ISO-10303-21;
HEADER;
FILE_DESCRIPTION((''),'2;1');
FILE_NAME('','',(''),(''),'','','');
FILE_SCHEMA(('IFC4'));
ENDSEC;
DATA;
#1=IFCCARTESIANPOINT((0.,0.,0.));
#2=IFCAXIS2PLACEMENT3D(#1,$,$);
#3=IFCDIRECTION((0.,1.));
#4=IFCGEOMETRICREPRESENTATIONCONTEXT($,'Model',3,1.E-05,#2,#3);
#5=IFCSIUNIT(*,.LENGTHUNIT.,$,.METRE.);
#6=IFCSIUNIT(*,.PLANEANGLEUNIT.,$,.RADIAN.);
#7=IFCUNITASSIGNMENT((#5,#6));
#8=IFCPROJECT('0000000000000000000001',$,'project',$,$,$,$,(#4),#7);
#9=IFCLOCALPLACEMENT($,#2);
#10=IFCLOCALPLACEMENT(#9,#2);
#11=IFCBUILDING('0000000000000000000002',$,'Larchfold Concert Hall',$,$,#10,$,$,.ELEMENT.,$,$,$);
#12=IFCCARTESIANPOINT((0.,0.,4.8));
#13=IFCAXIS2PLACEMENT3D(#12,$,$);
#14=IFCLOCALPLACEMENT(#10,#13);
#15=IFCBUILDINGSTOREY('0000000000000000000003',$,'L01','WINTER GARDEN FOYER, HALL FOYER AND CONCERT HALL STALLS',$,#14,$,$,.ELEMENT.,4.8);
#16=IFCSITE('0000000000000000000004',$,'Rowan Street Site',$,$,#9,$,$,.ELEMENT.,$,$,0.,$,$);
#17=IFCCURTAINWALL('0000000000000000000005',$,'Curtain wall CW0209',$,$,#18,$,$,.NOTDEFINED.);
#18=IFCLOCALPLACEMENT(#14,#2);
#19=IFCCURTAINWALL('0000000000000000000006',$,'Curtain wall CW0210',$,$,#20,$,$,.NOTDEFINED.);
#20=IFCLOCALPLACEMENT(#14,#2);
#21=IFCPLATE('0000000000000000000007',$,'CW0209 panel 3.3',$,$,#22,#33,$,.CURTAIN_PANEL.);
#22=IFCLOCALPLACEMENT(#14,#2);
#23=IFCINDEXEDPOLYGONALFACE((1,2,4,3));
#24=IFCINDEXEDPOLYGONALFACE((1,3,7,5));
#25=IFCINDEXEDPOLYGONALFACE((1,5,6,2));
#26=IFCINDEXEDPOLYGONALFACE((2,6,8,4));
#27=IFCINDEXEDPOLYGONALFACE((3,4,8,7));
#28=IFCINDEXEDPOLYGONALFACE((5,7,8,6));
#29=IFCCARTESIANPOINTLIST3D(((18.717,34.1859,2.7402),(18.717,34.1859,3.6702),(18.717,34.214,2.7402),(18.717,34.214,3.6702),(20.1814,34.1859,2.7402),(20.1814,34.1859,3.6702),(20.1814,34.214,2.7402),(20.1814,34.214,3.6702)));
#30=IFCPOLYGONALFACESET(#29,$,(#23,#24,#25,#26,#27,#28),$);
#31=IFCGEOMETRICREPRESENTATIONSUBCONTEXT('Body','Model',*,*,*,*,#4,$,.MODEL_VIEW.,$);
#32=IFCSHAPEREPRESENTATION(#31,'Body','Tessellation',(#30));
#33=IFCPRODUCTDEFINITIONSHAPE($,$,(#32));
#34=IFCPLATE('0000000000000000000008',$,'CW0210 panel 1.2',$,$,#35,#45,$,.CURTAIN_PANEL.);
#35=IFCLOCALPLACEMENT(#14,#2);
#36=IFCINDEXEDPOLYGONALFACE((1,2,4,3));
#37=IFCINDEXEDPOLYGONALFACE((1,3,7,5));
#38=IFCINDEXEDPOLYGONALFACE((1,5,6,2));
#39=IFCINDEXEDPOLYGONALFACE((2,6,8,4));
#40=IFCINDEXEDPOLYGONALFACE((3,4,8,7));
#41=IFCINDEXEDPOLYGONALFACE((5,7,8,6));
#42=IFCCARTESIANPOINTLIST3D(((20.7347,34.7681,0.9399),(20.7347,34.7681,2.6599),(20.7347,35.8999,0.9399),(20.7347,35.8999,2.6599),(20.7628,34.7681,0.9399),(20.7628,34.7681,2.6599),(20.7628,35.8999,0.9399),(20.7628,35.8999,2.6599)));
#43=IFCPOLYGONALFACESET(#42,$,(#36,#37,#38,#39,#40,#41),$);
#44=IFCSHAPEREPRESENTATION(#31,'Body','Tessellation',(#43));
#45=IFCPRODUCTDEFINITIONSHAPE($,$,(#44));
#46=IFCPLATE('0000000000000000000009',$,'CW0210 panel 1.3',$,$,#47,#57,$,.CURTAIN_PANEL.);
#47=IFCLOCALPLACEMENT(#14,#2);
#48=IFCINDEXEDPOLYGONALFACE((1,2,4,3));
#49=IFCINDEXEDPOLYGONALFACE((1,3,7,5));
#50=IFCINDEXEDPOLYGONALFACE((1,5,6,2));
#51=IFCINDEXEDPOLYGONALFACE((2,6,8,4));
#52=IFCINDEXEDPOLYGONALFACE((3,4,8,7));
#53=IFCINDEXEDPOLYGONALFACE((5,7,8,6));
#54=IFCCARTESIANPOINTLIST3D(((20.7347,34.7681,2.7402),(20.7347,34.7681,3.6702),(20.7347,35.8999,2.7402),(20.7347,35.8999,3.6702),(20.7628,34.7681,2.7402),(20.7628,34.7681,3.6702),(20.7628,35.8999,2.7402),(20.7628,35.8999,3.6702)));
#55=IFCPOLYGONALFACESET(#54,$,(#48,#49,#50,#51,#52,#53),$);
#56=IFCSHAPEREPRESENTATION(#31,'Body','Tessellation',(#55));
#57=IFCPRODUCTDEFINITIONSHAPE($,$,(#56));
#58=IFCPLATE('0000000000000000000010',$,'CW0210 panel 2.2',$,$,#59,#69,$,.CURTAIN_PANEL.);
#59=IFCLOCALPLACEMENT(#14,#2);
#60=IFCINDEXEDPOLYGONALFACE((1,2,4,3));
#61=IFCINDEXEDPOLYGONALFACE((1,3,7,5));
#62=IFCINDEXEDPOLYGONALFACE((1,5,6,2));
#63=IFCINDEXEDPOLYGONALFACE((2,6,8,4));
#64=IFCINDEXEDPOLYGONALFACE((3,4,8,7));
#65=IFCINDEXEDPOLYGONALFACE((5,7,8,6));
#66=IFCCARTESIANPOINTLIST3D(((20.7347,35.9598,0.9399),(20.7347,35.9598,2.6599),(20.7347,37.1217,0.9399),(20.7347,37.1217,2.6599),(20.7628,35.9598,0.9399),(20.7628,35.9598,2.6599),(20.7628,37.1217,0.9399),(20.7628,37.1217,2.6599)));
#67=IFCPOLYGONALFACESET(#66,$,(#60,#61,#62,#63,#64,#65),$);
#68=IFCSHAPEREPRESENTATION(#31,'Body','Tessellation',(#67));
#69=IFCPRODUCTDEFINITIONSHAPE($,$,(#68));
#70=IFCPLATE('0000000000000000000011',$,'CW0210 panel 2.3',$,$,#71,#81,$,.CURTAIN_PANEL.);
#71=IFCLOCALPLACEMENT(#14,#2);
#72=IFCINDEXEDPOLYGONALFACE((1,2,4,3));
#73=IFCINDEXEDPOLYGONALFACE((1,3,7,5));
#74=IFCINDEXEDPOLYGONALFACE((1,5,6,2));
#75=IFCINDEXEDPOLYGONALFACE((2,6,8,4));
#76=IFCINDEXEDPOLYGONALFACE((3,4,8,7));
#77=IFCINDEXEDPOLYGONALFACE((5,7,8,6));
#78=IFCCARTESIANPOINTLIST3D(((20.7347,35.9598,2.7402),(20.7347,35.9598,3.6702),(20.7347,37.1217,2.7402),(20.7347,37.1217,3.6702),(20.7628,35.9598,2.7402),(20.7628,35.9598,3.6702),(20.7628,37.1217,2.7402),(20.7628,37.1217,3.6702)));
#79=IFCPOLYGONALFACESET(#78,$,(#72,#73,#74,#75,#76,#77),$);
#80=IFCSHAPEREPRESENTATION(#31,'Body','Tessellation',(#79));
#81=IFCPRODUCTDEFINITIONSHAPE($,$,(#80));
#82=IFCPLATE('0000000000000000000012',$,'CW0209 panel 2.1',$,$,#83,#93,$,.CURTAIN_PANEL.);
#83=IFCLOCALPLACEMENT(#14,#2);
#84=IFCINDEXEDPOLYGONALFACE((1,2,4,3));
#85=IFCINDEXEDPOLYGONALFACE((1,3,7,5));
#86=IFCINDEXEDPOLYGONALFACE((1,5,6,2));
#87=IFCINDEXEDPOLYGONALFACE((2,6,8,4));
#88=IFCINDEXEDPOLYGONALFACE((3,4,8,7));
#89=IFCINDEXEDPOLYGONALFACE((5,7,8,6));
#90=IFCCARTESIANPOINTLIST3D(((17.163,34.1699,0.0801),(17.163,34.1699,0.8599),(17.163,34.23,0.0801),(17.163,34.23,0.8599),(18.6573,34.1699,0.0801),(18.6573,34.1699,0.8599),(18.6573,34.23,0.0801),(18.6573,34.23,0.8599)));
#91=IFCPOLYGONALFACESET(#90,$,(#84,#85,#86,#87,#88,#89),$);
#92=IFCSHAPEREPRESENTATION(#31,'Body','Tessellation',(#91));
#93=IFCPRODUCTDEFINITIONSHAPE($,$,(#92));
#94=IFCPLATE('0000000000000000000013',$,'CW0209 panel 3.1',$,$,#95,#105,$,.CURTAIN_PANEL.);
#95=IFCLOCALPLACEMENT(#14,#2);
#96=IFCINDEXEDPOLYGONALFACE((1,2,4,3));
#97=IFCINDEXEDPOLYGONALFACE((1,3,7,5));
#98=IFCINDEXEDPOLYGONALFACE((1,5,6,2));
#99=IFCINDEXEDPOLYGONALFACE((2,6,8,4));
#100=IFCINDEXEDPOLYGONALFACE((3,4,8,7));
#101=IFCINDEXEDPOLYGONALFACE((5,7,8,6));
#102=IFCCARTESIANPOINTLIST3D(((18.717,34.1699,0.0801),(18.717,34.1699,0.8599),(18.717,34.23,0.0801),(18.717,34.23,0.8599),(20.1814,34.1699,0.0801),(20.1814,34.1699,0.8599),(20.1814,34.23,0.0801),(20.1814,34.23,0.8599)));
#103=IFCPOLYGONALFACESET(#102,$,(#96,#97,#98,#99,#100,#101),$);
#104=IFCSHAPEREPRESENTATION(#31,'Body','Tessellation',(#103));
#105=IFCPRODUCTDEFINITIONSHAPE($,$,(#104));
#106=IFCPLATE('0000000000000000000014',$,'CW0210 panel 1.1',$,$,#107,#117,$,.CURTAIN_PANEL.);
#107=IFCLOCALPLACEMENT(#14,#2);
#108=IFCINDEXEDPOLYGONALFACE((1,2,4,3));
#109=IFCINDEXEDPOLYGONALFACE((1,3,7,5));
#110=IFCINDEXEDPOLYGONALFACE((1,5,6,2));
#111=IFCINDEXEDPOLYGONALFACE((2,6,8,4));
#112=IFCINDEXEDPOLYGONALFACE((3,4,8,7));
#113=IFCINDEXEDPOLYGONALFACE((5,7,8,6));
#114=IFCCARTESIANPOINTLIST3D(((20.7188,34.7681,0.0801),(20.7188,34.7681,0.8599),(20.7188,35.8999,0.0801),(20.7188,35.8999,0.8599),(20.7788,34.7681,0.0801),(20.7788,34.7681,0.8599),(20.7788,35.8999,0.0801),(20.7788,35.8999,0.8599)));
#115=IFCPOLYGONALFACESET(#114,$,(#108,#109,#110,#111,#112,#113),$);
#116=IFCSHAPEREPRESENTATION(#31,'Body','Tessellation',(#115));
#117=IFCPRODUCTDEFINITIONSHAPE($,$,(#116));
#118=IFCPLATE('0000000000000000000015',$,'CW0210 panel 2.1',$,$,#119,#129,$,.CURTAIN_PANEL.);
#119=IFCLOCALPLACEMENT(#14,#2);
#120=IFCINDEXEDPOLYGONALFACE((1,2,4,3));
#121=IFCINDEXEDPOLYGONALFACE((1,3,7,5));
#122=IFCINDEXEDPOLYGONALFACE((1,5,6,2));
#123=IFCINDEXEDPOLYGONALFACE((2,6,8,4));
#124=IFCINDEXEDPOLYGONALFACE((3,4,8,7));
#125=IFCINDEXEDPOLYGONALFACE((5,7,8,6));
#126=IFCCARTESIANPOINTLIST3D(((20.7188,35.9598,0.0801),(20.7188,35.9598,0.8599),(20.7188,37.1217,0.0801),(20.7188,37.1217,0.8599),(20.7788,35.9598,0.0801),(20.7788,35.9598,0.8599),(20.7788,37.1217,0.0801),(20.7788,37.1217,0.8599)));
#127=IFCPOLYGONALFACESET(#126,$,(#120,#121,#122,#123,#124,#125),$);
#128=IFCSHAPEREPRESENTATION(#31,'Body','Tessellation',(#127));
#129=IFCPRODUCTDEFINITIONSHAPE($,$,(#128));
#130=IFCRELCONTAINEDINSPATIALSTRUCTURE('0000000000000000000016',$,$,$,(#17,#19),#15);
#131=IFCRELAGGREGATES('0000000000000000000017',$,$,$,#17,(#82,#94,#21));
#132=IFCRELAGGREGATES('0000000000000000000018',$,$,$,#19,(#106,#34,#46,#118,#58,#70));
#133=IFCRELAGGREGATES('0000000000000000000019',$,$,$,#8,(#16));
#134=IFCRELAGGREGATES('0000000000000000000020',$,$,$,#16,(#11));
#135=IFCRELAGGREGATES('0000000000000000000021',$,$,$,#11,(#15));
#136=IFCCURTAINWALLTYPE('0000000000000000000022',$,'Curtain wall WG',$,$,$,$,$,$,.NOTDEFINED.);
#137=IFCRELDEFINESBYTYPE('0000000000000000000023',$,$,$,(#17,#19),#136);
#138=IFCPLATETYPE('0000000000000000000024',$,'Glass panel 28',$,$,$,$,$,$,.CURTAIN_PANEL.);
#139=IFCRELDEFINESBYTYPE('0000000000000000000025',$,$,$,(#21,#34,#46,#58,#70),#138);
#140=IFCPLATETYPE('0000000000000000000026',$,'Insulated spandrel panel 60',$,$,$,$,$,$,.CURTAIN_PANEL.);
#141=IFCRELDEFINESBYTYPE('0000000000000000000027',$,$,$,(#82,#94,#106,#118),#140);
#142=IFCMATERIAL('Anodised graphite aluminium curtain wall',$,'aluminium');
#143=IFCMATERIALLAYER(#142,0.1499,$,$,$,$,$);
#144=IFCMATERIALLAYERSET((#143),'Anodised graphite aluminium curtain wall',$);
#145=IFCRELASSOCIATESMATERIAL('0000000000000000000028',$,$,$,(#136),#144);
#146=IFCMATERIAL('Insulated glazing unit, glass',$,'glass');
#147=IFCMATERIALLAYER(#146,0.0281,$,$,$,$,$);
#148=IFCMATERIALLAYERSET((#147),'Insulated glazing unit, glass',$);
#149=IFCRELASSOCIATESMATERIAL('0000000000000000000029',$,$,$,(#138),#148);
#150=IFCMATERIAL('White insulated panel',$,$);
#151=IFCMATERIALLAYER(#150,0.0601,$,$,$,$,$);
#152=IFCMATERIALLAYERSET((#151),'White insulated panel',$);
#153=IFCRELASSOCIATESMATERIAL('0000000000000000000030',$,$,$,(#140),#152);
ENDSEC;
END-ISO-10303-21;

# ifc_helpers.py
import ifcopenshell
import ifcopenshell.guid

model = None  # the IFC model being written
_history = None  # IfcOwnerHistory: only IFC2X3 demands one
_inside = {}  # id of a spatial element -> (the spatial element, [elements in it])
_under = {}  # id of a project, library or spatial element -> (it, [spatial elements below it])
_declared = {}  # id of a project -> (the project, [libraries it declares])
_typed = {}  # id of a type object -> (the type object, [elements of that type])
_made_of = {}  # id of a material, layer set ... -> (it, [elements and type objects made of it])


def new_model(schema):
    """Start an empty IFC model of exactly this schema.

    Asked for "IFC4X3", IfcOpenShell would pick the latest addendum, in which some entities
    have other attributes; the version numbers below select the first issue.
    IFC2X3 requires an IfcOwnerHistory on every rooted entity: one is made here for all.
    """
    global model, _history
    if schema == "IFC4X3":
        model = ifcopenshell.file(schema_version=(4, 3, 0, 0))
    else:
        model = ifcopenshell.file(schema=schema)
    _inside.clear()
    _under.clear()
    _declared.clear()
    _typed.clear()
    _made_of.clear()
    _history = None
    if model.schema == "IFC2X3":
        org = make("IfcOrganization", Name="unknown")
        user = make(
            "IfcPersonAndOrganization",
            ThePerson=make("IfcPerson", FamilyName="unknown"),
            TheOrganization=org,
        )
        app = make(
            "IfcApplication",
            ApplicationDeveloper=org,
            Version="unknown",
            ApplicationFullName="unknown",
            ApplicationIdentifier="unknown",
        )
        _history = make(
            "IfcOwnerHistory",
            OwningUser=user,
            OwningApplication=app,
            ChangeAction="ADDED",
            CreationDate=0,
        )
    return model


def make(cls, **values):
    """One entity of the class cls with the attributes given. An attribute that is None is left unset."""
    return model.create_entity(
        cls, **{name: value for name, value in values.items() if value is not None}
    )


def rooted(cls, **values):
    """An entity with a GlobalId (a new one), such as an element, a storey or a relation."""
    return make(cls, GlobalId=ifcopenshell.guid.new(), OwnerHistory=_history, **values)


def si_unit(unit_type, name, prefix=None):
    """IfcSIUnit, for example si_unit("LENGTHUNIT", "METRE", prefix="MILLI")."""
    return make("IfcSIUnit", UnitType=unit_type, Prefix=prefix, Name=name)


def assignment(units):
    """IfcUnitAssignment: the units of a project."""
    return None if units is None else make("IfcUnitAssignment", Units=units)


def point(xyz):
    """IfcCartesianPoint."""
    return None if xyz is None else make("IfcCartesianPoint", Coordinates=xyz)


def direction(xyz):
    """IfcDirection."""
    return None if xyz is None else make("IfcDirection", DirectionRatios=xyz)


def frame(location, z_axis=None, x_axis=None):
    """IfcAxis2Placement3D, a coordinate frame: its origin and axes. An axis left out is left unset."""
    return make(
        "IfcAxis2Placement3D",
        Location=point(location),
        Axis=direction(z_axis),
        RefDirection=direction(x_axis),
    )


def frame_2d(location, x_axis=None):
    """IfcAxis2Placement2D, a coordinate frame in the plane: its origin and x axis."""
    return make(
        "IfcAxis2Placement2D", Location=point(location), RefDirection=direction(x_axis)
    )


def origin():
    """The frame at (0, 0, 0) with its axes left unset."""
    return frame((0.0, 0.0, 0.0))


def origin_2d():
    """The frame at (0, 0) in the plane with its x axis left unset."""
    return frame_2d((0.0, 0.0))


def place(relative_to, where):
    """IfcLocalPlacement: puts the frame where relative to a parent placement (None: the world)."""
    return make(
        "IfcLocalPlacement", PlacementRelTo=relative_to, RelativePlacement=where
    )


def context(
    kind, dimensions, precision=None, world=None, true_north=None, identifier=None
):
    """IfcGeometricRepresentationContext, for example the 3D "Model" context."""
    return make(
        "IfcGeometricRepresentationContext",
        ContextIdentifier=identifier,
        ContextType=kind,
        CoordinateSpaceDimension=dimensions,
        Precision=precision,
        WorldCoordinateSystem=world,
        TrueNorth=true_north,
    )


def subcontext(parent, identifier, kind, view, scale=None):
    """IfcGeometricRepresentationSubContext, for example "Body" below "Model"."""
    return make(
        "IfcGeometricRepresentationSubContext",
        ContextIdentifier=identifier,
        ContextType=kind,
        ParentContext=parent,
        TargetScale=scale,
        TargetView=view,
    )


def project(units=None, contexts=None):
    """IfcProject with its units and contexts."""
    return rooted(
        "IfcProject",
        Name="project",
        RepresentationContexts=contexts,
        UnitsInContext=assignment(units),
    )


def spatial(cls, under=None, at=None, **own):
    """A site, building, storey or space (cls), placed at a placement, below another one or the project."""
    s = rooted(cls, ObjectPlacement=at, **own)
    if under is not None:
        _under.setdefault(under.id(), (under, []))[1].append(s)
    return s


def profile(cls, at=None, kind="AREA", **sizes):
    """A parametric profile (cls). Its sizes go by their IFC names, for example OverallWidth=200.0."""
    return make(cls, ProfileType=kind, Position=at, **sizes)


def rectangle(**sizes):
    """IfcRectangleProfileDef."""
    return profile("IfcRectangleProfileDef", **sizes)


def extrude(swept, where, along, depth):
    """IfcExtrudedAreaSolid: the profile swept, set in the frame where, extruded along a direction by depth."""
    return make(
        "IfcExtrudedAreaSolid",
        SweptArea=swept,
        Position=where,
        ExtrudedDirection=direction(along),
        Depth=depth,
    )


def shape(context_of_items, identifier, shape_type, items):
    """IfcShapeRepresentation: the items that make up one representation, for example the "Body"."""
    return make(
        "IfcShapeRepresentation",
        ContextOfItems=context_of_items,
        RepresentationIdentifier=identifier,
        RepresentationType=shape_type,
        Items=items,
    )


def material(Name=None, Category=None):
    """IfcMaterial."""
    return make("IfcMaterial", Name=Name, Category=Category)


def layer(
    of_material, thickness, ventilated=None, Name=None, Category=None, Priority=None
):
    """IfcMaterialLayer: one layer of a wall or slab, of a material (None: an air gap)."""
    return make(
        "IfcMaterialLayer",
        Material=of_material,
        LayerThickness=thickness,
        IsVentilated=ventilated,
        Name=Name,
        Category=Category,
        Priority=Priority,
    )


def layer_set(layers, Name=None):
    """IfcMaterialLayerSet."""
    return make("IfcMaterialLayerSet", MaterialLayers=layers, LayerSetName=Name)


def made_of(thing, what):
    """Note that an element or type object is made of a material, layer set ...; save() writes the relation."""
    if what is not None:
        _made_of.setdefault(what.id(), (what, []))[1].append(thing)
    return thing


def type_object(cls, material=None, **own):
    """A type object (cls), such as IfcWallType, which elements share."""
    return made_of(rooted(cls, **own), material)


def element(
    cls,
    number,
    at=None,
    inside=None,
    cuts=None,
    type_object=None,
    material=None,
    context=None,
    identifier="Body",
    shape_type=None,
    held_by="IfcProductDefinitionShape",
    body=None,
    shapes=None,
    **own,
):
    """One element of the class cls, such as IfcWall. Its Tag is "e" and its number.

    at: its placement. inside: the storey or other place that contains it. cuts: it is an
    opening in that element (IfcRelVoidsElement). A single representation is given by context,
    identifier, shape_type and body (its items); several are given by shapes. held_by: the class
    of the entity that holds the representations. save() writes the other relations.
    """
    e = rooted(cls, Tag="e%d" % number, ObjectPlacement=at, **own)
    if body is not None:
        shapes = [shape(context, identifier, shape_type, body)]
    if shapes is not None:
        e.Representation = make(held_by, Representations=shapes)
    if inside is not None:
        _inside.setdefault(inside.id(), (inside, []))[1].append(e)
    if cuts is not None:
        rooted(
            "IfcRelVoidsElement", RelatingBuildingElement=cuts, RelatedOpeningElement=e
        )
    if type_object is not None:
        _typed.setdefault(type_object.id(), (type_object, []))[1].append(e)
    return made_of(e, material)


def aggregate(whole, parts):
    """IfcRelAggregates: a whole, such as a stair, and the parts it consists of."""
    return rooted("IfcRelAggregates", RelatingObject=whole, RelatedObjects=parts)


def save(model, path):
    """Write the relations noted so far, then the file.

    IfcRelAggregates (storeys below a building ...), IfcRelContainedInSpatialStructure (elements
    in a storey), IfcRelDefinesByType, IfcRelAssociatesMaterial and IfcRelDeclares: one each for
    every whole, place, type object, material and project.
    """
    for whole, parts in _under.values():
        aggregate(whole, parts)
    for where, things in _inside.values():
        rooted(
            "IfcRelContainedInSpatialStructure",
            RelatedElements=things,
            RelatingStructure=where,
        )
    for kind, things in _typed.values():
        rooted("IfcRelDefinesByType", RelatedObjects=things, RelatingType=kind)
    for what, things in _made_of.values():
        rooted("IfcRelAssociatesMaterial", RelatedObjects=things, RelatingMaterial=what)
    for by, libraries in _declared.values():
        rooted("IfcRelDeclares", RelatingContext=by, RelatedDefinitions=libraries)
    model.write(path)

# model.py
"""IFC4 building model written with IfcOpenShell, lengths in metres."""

from ifc_helpers import new_model, si_unit, direction, frame, origin, origin_2d, place, context, subcontext, project, spatial, rectangle, extrude, material, layer, layer_set, type_object, element, aggregate, save


model = new_model("IFC4")

# Units and contexts
model_context = context("Model", 3, precision=1e-05, world=origin(), true_north=direction((0.0, 1.0)))
body_context = subcontext(model_context, "Body", "Model", "MODEL_VIEW")
ifc_project = project(units=[si_unit("LENGTHUNIT", "METRE"), si_unit("PLANEANGLEUNIT", "RADIAN")], contexts=[model_context])

# Site, building, storey
site_placement = place(None, origin())
site = spatial("IfcSite", under=ifc_project, at=site_placement, Name="Rowan Street Site", CompositionType="ELEMENT", RefElevation=0.0)
building_placement = place(site_placement, origin())
building = spatial("IfcBuilding", under=site, at=building_placement, Name="Larchfold Concert Hall", CompositionType="ELEMENT")
storey_placement = place(building_placement, frame((0.0, 0.0, 4.8)))
storey = spatial("IfcBuildingStorey", under=building, at=storey_placement, Name="L01", Description="WINTER GARDEN FOYER, HALL FOYER AND CONCERT HALL STALLS", CompositionType="ELEMENT", Elevation=4.8)

# Curtain walls
ifc_material_1 = material(Name="Anodised graphite aluminium curtain wall", Category="aluminium")
ifc_layer_1 = layer(ifc_material_1, 0.1499)
ifc_layer_set_1 = layer_set([ifc_layer_1], Name="Anodised graphite aluminium curtain wall")
curtain_wall_type = type_object("IfcCurtainWallType", Name="Curtain wall WG", PredefinedType="NOTDEFINED", material=ifc_layer_set_1)
curtain_wall_1_placement = place(storey_placement, origin())
curtain_wall_1 = element("IfcCurtainWall", 1, at=curtain_wall_1_placement, inside=storey, type_object=curtain_wall_type, Name="Curtain wall CW0209", PredefinedType="NOTDEFINED")
curtain_wall_2_placement = place(storey_placement, origin())
curtain_wall_2 = element("IfcCurtainWall", 2, at=curtain_wall_2_placement, inside=storey, type_object=curtain_wall_type, Name="Curtain wall CW0210", PredefinedType="NOTDEFINED")

# Plates
ifc_material_2 = material(Name="Insulated glazing unit, glass", Category="glass")
ifc_layer_2 = layer(ifc_material_2, 0.0281)
ifc_layer_set_2 = layer_set([ifc_layer_2], Name="Insulated glazing unit, glass")
plate_type_1 = type_object("IfcPlateType", Name="Glass panel 28", PredefinedType="CURTAIN_PANEL", material=ifc_layer_set_2)
plate_1_placement = place(storey_placement, frame((19.4492, 34.2, 2.7402), z_axis=(0.0, 0.0, 1.0), x_axis=(1.0, 0.0, 0.0)))
plate_1 = element("IfcPlate", 3, at=plate_1_placement, type_object=plate_type_1, Name="CW0209 panel 3.3", PredefinedType="CURTAIN_PANEL", context=body_context, shape_type="SweptSolid", body=[
    extrude(rectangle(XDim=1.4644, YDim=0.0281, at=origin_2d()), origin(), (0.0, 0.0, 1.0), 0.9299),
])
plate_2_placement = place(storey_placement, frame((20.7488, 35.334, 0.9399), z_axis=(0.0, 0.0, 1.0), x_axis=(0.0, 1.0, 0.0)))
plate_2 = element("IfcPlate", 4, at=plate_2_placement, type_object=plate_type_1, Name="CW0210 panel 1.2", PredefinedType="CURTAIN_PANEL", context=body_context, shape_type="SweptSolid", body=[
    extrude(rectangle(XDim=1.1318, YDim=0.0281, at=origin_2d()), origin(), (0.0, 0.0, 1.0), 1.72),
])
plate_3_placement = place(storey_placement, frame((20.7488, 35.334, 2.7402), z_axis=(0.0, 0.0, 1.0), x_axis=(0.0, 1.0, 0.0)))
plate_3 = element("IfcPlate", 5, at=plate_3_placement, type_object=plate_type_1, Name="CW0210 panel 1.3", PredefinedType="CURTAIN_PANEL", context=body_context, shape_type="SweptSolid", body=[
    extrude(rectangle(XDim=1.1318, YDim=0.0281, at=origin_2d()), origin(), (0.0, 0.0, 1.0), 0.9299),
])
plate_4_placement = place(storey_placement, frame((20.7488, 36.5408, 0.9399), z_axis=(0.0, 0.0, 1.0), x_axis=(0.0, 1.0, 0.0)))
plate_4 = element("IfcPlate", 6, at=plate_4_placement, type_object=plate_type_1, Name="CW0210 panel 2.2", PredefinedType="CURTAIN_PANEL", context=body_context, shape_type="SweptSolid", body=[
    extrude(rectangle(XDim=1.1619, YDim=0.0281, at=origin_2d()), origin(), (0.0, 0.0, 1.0), 1.72),
])
plate_5_placement = place(storey_placement, frame((20.7488, 36.5408, 2.7402), z_axis=(0.0, 0.0, 1.0), x_axis=(0.0, 1.0, 0.0)))
plate_5 = element("IfcPlate", 7, at=plate_5_placement, type_object=plate_type_1, Name="CW0210 panel 2.3", PredefinedType="CURTAIN_PANEL", context=body_context, shape_type="SweptSolid", body=[
    extrude(rectangle(XDim=1.1619, YDim=0.0281, at=origin_2d()), origin(), (0.0, 0.0, 1.0), 0.9299),
])
ifc_material_3 = material(Name="White insulated panel")
ifc_layer_3 = layer(ifc_material_3, 0.0601)
ifc_layer_set_3 = layer_set([ifc_layer_3], Name="White insulated panel")
plate_type_2 = type_object("IfcPlateType", Name="Insulated spandrel panel 60", PredefinedType="CURTAIN_PANEL", material=ifc_layer_set_3)
plate_6_placement = place(storey_placement, frame((17.9102, 34.2, 0.0801), z_axis=(0.0, 0.0, 1.0), x_axis=(1.0, 0.0, 0.0)))
plate_6 = element("IfcPlate", 8, at=plate_6_placement, type_object=plate_type_2, Name="CW0209 panel 2.1", PredefinedType="CURTAIN_PANEL", context=body_context, shape_type="SweptSolid", body=[
    extrude(rectangle(XDim=1.4944, YDim=0.0601, at=origin_2d()), origin(), (0.0, 0.0, 1.0), 0.7798),
])
plate_7_placement = place(storey_placement, frame((19.4492, 34.2, 0.0801), z_axis=(0.0, 0.0, 1.0), x_axis=(1.0, 0.0, 0.0)))
plate_7 = element("IfcPlate", 9, at=plate_7_placement, type_object=plate_type_2, Name="CW0209 panel 3.1", PredefinedType="CURTAIN_PANEL", context=body_context, shape_type="SweptSolid", body=[
    extrude(rectangle(XDim=1.4644, YDim=0.0601, at=origin_2d()), origin(), (0.0, 0.0, 1.0), 0.7798),
])
aggregate(curtain_wall_1, [plate_6, plate_7, plate_1])
plate_8_placement = place(storey_placement, frame((20.7488, 35.334, 0.0801), z_axis=(0.0, 0.0, 1.0), x_axis=(0.0, 1.0, 0.0)))
plate_8 = element("IfcPlate", 10, at=plate_8_placement, type_object=plate_type_2, Name="CW0210 panel 1.1", PredefinedType="CURTAIN_PANEL", context=body_context, shape_type="SweptSolid", body=[
    extrude(rectangle(XDim=1.1318, YDim=0.0601, at=origin_2d()), origin(), (0.0, 0.0, 1.0), 0.7798),
])
plate_9_placement = place(storey_placement, frame((20.7488, 36.5408, 0.0801), z_axis=(0.0, 0.0, 1.0), x_axis=(0.0, 1.0, 0.0)))
plate_9 = element("IfcPlate", 11, at=plate_9_placement, type_object=plate_type_2, Name="CW0210 panel 2.1", PredefinedType="CURTAIN_PANEL", context=body_context, shape_type="SweptSolid", body=[
    extrude(rectangle(XDim=1.1619, YDim=0.0601, at=origin_2d()), origin(), (0.0, 0.0, 1.0), 0.7798),
])
aggregate(curtain_wall_2, [plate_8, plate_2, plate_3, plate_9, plate_4, plate_5])

save(model, "model.ifc")
